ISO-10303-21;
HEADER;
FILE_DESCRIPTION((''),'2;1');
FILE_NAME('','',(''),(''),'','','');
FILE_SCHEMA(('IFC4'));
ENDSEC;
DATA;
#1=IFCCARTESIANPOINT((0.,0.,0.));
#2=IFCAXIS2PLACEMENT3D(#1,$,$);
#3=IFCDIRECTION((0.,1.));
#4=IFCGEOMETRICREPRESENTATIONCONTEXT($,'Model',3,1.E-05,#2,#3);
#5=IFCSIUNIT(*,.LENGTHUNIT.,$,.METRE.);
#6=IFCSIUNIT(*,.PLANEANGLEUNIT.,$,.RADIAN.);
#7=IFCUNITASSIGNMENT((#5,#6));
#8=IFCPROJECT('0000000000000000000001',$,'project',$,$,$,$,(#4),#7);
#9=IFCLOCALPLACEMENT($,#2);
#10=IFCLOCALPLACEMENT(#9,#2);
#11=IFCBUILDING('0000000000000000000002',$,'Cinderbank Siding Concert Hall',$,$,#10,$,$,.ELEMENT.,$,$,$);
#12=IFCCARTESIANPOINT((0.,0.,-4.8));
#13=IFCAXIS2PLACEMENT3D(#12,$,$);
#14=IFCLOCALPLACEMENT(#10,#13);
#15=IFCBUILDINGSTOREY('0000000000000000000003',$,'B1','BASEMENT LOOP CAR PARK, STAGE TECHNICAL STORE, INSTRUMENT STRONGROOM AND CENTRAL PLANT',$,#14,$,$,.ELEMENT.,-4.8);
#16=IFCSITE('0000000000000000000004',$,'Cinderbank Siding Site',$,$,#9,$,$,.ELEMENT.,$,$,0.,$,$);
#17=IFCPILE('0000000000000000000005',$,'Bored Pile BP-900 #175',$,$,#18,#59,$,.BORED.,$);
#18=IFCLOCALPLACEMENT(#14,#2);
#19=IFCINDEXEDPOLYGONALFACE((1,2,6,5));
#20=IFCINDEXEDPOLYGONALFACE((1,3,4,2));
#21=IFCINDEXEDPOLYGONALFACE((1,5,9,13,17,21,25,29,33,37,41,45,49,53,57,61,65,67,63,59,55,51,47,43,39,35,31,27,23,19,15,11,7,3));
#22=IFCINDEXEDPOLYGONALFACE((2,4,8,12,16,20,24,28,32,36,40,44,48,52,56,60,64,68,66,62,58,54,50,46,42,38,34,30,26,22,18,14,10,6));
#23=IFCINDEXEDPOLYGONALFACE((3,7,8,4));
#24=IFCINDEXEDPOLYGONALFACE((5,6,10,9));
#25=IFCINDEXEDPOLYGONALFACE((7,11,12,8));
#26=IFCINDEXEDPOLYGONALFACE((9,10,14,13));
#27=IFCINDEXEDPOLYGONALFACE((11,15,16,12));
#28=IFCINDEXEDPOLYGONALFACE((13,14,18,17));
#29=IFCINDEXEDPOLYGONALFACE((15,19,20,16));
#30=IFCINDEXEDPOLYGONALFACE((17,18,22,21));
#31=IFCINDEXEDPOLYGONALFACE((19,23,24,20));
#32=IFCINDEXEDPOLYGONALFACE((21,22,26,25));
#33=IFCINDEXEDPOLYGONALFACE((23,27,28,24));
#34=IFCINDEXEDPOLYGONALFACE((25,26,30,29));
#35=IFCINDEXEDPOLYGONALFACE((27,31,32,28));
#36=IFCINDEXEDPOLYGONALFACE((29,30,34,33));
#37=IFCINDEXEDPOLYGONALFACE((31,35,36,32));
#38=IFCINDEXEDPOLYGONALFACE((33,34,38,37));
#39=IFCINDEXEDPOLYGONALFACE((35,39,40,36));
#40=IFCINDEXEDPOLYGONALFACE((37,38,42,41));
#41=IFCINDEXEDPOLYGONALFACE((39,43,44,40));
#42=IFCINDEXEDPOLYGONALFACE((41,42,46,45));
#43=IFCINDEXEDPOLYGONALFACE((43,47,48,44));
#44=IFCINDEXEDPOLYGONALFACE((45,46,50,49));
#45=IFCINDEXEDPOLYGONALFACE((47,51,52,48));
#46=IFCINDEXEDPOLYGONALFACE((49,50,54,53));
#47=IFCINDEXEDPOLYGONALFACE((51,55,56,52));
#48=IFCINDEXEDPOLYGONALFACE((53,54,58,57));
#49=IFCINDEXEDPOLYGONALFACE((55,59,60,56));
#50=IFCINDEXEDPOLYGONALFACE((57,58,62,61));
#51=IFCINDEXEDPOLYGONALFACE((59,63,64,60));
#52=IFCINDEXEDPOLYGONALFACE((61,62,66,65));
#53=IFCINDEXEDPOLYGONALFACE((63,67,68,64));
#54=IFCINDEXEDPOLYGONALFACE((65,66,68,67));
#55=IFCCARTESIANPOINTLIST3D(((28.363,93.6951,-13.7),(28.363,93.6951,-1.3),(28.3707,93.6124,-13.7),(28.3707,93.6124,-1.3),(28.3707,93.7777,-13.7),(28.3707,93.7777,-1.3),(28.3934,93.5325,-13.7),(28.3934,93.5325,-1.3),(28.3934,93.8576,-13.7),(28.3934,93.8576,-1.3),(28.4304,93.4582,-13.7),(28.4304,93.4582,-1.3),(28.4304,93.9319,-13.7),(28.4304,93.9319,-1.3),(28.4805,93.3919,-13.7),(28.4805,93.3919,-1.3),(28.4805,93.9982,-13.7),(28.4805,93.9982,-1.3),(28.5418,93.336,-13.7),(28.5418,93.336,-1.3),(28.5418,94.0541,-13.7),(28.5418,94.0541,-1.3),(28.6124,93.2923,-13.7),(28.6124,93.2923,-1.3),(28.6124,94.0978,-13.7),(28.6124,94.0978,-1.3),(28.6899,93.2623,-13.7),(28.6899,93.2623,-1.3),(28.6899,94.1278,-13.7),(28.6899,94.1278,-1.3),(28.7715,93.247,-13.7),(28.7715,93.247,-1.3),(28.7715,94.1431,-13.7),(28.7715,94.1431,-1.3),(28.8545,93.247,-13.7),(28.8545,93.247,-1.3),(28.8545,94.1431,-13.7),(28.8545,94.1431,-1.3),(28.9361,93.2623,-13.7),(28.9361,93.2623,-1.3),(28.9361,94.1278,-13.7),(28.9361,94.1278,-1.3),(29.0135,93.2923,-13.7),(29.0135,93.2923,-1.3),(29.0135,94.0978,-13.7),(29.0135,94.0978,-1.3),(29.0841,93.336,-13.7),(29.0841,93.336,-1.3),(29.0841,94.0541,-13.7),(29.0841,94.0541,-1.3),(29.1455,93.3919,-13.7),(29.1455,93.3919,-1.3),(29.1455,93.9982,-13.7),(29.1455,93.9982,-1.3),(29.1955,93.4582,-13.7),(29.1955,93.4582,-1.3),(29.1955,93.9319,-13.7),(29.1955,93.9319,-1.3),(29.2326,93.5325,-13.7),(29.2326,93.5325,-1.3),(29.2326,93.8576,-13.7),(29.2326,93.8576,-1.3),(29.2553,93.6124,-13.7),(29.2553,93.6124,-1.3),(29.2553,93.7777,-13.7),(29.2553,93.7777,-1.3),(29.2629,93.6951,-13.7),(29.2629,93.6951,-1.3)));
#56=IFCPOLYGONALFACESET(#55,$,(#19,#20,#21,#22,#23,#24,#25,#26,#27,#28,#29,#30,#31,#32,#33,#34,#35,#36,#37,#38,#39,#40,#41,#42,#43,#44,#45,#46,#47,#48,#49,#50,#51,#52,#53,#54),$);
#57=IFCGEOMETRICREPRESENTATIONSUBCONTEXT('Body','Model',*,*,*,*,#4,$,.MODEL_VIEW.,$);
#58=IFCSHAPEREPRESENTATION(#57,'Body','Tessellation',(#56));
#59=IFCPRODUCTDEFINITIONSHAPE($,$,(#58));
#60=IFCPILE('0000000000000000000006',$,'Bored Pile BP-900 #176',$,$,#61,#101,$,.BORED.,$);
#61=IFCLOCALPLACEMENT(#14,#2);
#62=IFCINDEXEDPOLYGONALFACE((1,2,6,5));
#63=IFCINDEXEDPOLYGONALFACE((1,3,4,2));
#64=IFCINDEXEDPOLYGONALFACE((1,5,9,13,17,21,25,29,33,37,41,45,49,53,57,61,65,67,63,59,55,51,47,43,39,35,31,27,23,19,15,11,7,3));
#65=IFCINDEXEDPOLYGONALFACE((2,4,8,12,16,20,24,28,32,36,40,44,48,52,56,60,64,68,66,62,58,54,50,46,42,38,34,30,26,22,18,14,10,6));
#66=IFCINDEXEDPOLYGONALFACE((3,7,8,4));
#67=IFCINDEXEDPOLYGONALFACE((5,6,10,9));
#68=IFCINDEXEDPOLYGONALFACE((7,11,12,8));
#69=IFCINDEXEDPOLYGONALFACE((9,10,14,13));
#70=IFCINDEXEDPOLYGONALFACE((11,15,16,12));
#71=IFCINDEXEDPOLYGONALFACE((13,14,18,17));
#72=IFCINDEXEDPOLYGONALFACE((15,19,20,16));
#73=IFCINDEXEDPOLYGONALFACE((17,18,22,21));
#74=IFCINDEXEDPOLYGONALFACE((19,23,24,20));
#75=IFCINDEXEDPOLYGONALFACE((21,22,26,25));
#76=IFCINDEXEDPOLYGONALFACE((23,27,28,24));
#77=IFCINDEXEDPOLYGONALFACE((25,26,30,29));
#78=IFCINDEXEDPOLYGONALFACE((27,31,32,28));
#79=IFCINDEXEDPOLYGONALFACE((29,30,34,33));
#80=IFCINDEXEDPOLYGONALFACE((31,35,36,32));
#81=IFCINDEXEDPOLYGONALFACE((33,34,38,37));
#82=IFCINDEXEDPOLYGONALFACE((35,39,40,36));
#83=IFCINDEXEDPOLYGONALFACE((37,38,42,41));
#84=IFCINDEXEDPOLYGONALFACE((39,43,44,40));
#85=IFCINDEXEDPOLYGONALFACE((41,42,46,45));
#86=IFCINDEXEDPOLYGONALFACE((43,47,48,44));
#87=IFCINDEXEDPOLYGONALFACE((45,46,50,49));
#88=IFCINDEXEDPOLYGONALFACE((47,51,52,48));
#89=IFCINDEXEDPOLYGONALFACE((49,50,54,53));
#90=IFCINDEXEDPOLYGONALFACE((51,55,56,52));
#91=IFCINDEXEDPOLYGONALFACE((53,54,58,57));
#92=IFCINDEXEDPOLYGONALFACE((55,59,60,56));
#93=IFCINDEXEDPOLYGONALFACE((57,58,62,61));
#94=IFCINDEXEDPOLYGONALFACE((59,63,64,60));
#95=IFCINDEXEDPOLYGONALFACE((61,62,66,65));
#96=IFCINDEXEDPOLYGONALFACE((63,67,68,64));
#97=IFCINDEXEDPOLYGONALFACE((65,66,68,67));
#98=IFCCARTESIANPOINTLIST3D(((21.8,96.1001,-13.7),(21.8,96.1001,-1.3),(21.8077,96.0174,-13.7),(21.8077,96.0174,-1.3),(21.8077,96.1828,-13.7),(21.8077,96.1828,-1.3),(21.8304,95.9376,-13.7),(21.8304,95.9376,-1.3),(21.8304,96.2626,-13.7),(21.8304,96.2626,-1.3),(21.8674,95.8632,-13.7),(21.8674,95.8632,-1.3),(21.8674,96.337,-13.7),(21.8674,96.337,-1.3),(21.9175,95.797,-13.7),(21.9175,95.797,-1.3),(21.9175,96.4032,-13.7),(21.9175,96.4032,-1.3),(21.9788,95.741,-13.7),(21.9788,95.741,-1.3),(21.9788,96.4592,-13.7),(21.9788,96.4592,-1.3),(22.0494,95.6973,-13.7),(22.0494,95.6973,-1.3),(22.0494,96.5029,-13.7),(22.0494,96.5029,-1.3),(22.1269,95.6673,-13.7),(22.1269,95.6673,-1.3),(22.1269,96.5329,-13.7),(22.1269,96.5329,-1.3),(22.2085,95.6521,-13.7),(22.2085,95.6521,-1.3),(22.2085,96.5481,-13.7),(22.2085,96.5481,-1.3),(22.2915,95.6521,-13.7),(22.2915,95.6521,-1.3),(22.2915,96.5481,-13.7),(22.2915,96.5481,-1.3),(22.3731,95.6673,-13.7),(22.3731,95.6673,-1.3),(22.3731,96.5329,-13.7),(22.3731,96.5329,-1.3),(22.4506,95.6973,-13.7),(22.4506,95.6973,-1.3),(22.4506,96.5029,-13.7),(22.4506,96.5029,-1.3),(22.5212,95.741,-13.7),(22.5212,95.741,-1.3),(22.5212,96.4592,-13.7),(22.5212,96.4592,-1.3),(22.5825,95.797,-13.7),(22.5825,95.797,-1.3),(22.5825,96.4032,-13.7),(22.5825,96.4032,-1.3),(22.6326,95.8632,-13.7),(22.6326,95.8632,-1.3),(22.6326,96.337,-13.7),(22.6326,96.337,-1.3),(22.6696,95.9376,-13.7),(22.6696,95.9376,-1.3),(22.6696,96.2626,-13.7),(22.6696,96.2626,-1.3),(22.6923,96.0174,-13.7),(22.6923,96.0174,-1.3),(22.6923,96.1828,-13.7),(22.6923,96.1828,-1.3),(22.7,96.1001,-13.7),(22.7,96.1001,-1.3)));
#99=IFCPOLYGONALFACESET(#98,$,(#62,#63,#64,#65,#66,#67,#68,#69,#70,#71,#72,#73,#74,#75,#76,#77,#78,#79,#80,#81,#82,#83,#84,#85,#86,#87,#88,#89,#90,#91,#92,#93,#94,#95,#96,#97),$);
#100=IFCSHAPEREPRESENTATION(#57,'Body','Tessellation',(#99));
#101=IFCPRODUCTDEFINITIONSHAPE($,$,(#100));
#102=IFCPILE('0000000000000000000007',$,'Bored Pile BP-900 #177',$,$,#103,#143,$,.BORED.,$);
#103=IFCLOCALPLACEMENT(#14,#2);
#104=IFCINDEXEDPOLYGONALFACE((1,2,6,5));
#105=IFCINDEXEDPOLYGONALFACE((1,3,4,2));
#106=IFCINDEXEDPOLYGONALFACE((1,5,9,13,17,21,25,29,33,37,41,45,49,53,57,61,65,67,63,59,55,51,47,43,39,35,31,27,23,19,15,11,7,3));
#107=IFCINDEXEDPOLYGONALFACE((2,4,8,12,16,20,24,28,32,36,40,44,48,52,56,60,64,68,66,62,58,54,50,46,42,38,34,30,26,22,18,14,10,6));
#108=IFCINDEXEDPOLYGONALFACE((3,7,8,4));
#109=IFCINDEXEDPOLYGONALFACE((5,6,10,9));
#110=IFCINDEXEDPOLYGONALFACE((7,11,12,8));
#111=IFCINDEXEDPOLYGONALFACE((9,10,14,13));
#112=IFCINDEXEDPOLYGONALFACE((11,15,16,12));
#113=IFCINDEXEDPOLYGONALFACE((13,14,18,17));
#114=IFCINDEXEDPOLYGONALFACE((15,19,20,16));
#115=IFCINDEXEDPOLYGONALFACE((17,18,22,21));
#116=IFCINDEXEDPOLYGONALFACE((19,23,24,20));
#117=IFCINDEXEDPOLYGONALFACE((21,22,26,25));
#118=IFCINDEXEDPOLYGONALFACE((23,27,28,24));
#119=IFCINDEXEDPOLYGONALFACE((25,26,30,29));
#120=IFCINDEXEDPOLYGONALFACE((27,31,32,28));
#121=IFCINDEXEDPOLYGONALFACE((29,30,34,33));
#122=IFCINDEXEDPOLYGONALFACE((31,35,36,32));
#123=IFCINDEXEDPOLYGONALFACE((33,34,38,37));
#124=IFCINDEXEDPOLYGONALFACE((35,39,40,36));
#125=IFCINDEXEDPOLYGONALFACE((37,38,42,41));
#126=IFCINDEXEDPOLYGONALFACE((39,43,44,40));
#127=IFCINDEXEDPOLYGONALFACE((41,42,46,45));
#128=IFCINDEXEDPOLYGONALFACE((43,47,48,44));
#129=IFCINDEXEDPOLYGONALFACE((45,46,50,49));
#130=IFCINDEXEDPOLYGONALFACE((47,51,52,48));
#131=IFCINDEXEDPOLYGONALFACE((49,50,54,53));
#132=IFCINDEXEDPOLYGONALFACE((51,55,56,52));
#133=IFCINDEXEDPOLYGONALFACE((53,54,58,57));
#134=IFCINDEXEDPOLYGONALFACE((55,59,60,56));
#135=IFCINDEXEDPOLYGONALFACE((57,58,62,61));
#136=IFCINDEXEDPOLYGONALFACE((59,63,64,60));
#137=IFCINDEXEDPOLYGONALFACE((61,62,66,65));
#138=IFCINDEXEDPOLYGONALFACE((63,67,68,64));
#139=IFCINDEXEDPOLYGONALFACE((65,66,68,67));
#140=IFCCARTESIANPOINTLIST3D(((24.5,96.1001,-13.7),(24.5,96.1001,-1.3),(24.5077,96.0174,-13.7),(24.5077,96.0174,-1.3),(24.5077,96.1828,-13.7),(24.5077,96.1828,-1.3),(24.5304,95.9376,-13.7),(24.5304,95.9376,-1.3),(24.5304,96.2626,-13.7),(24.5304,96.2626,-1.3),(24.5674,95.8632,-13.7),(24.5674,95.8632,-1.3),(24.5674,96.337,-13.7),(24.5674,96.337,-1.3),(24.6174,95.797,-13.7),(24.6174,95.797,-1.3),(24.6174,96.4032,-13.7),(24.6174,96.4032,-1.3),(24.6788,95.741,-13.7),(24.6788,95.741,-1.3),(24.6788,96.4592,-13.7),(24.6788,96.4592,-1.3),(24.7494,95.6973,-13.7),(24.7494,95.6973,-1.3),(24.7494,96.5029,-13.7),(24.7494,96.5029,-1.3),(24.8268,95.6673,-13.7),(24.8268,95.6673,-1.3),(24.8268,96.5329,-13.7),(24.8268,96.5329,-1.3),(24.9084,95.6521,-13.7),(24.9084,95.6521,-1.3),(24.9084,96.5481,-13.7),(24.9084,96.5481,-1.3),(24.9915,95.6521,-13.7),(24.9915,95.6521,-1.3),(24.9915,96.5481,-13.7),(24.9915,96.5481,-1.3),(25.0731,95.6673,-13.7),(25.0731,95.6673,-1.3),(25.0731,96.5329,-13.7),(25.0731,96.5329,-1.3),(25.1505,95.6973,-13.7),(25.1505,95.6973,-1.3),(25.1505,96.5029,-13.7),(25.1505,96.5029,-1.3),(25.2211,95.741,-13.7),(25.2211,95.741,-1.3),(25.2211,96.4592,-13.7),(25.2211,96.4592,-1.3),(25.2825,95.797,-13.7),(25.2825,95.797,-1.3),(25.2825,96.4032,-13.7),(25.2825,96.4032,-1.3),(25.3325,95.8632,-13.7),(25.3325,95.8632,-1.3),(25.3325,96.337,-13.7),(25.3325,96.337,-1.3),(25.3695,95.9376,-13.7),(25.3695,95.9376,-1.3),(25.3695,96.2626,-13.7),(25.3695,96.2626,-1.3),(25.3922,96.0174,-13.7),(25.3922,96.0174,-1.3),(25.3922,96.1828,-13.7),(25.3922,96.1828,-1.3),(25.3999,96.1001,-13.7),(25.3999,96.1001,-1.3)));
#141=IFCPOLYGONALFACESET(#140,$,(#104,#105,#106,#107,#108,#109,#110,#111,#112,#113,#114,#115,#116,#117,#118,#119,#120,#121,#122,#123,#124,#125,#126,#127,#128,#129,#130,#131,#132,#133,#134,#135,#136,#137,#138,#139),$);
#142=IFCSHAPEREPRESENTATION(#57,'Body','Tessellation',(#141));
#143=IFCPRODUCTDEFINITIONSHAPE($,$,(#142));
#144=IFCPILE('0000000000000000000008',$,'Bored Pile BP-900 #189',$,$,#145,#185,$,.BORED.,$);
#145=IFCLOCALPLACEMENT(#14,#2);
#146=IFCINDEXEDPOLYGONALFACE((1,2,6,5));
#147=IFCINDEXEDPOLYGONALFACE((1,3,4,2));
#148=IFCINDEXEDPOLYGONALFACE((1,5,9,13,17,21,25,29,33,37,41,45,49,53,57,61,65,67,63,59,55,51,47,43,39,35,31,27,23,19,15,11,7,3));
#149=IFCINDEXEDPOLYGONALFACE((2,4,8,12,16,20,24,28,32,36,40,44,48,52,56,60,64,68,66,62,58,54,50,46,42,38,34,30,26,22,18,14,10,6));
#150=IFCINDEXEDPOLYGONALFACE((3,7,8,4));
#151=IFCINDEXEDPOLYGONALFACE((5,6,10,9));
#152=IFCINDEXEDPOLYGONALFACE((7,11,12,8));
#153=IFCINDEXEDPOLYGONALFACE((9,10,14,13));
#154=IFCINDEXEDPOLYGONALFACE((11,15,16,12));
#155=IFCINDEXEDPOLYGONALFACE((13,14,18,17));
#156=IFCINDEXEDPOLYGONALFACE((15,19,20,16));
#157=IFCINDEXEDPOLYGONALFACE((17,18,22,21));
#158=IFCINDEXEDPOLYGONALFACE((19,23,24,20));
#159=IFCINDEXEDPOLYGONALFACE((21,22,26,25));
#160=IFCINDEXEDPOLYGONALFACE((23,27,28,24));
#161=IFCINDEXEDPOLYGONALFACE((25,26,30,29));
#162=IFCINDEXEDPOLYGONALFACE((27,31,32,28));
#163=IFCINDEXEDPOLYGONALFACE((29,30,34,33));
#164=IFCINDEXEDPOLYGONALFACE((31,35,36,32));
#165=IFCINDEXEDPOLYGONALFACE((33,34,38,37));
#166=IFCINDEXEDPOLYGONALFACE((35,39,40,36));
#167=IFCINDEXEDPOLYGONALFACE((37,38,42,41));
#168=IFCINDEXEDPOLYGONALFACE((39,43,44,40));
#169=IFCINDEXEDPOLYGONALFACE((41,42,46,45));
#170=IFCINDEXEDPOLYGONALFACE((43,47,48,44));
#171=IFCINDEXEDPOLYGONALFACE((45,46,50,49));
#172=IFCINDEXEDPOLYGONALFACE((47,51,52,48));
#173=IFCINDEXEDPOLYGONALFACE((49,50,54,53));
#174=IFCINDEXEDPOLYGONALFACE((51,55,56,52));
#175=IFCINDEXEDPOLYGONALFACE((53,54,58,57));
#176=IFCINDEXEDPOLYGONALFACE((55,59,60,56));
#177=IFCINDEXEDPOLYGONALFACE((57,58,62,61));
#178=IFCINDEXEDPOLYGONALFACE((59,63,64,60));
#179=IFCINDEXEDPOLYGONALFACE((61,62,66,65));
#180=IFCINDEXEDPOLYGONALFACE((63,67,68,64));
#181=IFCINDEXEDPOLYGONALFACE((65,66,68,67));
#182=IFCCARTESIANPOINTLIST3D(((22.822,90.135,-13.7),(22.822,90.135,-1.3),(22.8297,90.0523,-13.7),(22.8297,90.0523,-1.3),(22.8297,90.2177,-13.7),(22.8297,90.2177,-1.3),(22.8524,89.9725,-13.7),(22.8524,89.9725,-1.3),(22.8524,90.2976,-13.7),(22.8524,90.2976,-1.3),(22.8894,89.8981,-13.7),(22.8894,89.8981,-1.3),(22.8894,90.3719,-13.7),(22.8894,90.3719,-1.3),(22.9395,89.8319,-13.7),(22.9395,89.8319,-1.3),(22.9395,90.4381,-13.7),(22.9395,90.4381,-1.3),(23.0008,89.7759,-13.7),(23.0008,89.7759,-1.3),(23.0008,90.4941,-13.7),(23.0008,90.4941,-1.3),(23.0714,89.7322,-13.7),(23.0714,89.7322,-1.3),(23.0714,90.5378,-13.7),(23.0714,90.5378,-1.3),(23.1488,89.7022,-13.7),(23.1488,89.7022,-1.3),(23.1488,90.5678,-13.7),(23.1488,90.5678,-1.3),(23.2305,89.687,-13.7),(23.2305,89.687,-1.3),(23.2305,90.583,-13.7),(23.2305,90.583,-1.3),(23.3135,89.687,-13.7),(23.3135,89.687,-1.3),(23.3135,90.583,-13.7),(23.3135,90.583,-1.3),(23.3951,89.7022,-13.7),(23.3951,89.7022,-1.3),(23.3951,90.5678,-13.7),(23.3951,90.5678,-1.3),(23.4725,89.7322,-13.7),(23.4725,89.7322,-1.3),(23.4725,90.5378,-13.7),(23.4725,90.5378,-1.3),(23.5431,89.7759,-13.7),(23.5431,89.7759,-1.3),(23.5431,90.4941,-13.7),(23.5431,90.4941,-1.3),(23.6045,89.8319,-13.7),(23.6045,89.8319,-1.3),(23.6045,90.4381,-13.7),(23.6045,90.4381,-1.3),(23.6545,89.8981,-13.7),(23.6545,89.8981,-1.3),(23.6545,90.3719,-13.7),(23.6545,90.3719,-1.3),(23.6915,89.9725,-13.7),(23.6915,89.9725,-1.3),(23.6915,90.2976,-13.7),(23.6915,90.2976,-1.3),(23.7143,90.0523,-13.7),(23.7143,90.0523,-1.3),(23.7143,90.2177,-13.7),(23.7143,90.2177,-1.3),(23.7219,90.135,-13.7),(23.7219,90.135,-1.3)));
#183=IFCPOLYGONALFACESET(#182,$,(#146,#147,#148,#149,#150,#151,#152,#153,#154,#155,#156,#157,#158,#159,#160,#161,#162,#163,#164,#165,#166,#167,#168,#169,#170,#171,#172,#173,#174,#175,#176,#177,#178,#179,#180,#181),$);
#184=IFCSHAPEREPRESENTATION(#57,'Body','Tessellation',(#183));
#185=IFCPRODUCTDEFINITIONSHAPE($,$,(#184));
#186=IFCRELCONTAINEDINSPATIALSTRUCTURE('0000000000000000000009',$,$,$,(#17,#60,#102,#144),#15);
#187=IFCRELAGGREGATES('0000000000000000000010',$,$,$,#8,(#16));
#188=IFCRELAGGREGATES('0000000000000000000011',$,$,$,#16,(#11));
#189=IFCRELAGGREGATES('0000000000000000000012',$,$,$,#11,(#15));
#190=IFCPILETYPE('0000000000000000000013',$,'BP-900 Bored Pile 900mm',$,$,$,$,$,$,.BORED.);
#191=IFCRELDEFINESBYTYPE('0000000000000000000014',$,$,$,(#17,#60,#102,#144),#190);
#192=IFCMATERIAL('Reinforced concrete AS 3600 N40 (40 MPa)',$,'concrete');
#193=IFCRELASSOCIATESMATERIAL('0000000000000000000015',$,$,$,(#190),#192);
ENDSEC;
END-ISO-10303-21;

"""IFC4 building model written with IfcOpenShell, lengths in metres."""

from ifc_helpers import new_model, si_unit, direction, frame, origin, origin_2d, place, context, subcontext, project, spatial, circle, extrude, material, material_profile, profile_set, type_object, element, save


model = new_model("IFC4")

# Units and contexts
model_context = context("Model", 3, precision=1e-05, world=origin(), true_north=direction((0.0, 1.0)))
body_context = subcontext(model_context, "Body", "Model", "MODEL_VIEW")
ifc_project = project(units=[si_unit("LENGTHUNIT", "METRE"), si_unit("PLANEANGLEUNIT", "RADIAN")], contexts=[model_context])

# Site, building, storey
site_placement = place(None, origin())
site = spatial("IfcSite", under=ifc_project, at=site_placement, Name="Cinderbank Siding Site", CompositionType="ELEMENT", RefElevation=0.0)
building_placement = place(site_placement, origin())
building = spatial("IfcBuilding", under=site, at=building_placement, Name="Cinderbank Siding Concert Hall", CompositionType="ELEMENT")
storey_placement = place(building_placement, frame((0.0, 0.0, -4.8)))
storey = spatial("IfcBuildingStorey", under=building, at=storey_placement, Name="B1", Description="BASEMENT LOOP CAR PARK, STAGE TECHNICAL STORE, INSTRUMENT STRONGROOM AND CENTRAL PLANT", CompositionType="ELEMENT", Elevation=-4.8)

# Piles
ifc_material_1 = material(Name="Reinforced concrete AS 3600 N40 (40 MPa)", Category="concrete")
ifc_material_profile_1 = material_profile(ifc_material_1, circle(Radius=0.45, at=origin_2d()), Name="PILE-900DIA", Category="LoadBearing")
ifc_profile_set_1 = profile_set([ifc_material_profile_1], Name="Reinforced concrete AS 3600 N40 (40 MPa)")
pile_type_1 = type_object("IfcPileType", Name="BP-900 Bored Pile 900mm", PredefinedType="BORED", material=ifc_profile_set_1)
for number, where, z_axis, x_axis, name in (
    (1, (28.813, 93.6951, -1.3), (0.0, 0.0, -1.0), (1.0, 0.0, 0.0), "Bored Pile BP-900 #175"),
    (2, (22.25, 96.1001, -1.3), (0.0, 0.0, -1.0), (1.0, 0.0, 0.0), "Bored Pile BP-900 #176"),
    (3, (24.95, 96.1001, -1.3), (0.0, 0.0, -1.0), (1.0, 0.0, 0.0), "Bored Pile BP-900 #177"),
    (4, (23.272, 90.135, -1.3), (0.0, 0.0, -1.0), (1.0, 0.0, 0.0), "Bored Pile BP-900 #189"),
):
    element("IfcPile", number, at=place(storey_placement, frame(where, z_axis=z_axis, x_axis=x_axis)), inside=storey, type_object=pile_type_1, Name=name, PredefinedType="BORED", context=body_context, shape_type="SweptSolid", body=[
        extrude(circle(Radius=0.45, at=origin_2d()), origin(), (0.0, 0.0, 1.0), 12.3999),
    ])

save(model, "model.ifc")
